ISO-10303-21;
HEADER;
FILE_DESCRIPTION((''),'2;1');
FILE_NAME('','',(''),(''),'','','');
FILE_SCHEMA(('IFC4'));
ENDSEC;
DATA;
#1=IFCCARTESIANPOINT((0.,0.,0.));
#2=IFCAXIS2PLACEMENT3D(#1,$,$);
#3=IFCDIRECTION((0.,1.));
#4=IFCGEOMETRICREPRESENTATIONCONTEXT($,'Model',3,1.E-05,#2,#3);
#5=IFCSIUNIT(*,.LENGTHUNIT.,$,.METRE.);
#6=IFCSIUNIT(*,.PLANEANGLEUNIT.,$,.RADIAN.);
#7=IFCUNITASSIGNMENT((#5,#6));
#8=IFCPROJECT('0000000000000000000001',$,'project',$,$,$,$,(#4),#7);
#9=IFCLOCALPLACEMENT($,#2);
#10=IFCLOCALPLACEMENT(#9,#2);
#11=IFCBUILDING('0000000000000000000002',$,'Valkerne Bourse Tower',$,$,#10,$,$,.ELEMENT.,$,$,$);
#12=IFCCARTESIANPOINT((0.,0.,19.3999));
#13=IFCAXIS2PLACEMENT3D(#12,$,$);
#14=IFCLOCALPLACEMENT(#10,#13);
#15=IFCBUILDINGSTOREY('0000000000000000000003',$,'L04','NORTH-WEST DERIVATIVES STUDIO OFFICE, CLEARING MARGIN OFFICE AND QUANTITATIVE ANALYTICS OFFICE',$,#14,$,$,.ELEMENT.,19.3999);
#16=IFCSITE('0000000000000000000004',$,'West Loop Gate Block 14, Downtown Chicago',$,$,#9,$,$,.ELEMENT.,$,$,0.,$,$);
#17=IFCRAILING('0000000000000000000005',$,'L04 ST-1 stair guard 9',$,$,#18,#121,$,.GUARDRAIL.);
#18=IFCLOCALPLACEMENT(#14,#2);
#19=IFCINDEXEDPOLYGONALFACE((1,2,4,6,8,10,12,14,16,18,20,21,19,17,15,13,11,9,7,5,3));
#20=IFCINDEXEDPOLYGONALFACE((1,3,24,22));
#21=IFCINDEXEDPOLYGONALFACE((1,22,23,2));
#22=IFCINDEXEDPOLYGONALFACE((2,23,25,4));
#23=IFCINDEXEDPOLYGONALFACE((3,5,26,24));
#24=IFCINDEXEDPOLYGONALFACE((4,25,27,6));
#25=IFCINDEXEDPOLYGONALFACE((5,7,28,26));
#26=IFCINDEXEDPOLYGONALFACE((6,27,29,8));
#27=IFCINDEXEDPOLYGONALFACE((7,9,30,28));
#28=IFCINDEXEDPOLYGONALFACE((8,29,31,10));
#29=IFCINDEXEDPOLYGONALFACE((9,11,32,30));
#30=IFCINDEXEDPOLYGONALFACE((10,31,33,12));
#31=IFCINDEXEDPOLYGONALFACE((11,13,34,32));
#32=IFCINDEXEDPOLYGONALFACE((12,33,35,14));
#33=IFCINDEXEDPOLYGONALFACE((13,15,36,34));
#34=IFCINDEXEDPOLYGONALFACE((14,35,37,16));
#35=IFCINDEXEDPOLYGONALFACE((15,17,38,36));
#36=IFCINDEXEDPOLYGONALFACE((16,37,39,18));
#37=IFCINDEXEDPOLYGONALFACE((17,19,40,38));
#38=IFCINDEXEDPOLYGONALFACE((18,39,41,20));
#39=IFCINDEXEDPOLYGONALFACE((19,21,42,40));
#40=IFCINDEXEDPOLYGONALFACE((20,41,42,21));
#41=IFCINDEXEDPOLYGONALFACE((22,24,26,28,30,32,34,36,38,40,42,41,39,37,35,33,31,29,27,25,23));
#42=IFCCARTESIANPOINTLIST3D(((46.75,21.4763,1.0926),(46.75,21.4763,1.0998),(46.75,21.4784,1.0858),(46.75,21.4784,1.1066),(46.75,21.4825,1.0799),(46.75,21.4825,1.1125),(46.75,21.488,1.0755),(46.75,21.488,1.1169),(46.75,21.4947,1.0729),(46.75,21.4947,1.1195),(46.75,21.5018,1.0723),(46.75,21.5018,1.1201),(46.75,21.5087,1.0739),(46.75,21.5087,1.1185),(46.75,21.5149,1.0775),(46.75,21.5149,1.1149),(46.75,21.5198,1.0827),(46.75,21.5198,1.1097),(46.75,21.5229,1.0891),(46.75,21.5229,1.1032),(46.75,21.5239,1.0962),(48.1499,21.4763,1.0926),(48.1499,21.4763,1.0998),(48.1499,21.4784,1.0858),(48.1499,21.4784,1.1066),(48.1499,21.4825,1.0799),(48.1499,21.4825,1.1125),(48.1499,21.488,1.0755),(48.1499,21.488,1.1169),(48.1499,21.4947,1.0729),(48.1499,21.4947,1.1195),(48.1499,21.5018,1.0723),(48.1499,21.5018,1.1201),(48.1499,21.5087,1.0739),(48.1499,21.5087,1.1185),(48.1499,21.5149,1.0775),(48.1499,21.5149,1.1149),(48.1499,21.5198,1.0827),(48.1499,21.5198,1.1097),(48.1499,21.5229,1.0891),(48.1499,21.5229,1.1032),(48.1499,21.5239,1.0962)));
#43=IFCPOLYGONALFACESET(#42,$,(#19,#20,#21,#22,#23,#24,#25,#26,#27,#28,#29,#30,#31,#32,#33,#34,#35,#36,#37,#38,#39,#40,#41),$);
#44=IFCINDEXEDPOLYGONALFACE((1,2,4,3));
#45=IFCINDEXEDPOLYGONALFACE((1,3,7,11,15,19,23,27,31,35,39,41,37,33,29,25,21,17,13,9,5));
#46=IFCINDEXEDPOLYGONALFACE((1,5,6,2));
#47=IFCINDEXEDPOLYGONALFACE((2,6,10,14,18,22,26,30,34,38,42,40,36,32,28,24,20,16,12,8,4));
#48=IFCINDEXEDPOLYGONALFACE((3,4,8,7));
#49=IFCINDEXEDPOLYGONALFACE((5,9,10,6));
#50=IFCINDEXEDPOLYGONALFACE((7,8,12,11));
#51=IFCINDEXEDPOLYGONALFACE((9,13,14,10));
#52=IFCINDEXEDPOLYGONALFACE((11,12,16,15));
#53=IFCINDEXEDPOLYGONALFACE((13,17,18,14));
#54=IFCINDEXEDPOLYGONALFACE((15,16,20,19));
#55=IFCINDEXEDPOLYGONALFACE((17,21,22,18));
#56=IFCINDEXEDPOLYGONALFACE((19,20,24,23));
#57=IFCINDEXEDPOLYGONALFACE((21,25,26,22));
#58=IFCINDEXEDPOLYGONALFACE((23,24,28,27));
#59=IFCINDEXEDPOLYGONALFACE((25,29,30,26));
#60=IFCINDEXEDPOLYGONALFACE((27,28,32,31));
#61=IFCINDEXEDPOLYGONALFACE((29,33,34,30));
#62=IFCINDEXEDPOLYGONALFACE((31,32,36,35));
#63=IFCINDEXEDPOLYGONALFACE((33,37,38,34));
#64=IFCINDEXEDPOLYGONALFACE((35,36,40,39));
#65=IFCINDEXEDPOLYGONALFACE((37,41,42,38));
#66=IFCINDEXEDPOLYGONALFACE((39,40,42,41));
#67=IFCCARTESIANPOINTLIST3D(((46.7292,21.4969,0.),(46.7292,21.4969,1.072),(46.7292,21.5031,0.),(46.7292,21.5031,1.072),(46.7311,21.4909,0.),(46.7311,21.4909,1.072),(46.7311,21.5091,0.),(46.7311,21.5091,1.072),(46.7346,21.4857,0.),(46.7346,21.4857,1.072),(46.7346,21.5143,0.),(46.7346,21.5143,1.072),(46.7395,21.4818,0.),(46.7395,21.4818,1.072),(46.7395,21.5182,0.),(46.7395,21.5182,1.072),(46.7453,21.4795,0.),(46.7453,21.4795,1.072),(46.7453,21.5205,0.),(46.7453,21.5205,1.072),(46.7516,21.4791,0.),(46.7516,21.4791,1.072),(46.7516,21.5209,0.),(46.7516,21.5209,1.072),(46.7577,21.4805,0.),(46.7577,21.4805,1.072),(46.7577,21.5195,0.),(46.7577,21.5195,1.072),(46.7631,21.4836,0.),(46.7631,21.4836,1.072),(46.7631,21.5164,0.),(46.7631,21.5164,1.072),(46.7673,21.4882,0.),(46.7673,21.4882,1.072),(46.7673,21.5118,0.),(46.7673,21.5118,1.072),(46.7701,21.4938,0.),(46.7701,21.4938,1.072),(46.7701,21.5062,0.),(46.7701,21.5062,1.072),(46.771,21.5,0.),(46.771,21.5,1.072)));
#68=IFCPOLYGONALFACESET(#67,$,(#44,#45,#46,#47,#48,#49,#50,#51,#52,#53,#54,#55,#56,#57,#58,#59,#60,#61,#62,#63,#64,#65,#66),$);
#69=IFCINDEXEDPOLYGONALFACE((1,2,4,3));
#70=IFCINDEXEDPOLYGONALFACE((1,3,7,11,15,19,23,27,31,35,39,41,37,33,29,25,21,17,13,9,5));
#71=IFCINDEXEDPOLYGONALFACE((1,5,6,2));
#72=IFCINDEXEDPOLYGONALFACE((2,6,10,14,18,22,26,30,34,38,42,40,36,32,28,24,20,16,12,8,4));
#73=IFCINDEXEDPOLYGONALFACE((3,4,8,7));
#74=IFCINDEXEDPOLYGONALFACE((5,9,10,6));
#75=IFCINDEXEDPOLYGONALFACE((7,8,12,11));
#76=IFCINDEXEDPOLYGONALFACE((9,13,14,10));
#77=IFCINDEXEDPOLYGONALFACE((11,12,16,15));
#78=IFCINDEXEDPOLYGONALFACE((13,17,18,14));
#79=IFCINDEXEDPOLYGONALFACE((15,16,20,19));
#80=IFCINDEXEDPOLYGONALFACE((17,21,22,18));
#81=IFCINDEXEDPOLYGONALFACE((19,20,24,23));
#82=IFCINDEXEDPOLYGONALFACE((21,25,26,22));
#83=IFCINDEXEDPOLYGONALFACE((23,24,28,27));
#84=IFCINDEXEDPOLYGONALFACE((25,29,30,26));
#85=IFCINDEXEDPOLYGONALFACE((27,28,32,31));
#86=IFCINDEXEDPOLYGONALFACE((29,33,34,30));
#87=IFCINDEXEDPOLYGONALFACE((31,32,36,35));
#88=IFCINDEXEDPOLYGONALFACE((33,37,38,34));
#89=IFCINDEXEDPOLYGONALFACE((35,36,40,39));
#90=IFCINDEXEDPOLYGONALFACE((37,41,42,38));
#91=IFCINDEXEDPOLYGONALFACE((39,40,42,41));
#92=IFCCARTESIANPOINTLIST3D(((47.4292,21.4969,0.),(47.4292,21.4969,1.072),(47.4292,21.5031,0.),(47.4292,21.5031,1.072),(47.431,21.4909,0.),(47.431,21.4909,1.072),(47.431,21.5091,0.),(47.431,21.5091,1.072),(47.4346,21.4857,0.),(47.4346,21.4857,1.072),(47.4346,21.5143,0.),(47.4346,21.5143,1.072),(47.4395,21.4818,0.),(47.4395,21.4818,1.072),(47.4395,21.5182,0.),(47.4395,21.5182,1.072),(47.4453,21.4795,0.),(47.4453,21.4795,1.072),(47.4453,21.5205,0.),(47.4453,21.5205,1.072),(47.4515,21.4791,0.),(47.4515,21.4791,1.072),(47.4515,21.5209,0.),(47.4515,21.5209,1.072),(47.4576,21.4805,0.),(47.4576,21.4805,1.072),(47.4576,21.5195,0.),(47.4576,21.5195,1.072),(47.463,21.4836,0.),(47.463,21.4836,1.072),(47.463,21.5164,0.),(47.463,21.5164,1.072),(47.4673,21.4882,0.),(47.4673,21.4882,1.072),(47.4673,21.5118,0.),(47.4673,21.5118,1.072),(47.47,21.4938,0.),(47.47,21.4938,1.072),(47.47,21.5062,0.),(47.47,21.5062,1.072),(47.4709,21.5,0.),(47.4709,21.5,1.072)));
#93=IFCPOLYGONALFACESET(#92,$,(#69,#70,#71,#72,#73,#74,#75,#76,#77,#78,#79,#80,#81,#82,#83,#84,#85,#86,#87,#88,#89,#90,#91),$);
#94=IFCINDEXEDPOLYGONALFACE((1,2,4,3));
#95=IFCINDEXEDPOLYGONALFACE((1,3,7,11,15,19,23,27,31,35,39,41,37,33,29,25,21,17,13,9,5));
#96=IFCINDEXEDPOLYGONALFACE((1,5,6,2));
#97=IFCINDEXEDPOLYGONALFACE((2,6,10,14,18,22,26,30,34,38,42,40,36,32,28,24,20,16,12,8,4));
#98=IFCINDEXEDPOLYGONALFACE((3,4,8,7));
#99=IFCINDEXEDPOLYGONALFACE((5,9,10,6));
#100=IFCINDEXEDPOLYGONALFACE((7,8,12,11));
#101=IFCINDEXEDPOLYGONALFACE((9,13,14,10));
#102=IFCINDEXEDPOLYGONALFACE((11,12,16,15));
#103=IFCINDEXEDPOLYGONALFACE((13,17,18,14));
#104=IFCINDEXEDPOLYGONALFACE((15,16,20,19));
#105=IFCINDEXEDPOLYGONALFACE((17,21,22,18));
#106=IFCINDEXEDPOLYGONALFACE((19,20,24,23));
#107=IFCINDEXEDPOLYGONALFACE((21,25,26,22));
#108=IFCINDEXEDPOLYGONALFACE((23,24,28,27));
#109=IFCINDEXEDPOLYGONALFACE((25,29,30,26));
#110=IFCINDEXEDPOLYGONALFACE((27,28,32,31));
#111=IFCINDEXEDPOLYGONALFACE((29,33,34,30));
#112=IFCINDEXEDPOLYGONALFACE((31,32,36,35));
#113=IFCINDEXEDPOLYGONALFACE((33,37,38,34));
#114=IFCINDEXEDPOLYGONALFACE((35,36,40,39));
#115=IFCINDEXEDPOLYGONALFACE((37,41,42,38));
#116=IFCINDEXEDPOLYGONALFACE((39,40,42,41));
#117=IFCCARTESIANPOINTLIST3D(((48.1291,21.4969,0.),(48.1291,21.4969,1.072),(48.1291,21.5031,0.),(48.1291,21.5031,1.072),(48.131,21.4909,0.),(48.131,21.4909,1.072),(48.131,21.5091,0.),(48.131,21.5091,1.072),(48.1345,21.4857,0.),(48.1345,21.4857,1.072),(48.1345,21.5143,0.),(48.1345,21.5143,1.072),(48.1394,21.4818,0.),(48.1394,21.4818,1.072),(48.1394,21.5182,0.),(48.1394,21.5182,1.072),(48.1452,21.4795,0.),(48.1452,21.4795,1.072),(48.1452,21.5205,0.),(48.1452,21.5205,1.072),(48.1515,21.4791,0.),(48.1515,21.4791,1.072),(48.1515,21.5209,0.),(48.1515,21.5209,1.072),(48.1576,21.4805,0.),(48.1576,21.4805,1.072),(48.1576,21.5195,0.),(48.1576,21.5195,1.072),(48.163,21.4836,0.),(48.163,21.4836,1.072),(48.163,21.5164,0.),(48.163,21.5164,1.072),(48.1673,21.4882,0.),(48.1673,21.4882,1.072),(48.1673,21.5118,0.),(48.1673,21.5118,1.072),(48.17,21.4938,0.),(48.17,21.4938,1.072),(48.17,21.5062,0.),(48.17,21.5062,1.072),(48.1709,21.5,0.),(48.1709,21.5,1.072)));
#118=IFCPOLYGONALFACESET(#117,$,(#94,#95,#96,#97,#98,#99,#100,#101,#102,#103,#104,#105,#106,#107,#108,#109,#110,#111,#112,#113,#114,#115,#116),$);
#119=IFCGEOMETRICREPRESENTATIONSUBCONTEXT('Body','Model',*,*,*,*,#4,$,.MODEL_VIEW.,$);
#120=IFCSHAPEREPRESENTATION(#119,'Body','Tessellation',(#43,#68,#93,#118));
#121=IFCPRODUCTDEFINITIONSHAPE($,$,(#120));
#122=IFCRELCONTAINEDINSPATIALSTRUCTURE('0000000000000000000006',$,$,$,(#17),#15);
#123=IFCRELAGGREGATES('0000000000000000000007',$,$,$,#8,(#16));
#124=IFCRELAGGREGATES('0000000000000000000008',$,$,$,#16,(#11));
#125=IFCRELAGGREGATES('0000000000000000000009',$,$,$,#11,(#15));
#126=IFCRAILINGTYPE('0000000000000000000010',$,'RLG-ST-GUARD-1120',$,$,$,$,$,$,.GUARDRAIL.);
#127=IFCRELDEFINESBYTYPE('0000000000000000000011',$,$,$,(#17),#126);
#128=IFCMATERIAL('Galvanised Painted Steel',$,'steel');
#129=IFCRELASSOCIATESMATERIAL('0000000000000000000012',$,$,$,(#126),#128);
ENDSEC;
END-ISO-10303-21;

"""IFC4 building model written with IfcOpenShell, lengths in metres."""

from ifc_helpers import new_model, si_unit, direction, frame, origin, origin_2d, place, context, subcontext, project, spatial, circle, extrude, material, type_object, element, save


model = new_model("IFC4")

# Units and contexts
model_context = context("Model", 3, precision=1e-05, world=origin(), true_north=direction((0.0, 1.0)))
body_context = subcontext(model_context, "Body", "Model", "MODEL_VIEW")
ifc_project = project(units=[si_unit("LENGTHUNIT", "METRE"), si_unit("PLANEANGLEUNIT", "RADIAN")], contexts=[model_context])

# Site, building, storey
site_placement = place(None, origin())
site = spatial("IfcSite", under=ifc_project, at=site_placement, Name="West Loop Gate Block 14, Downtown Chicago", CompositionType="ELEMENT", RefElevation=0.0)
building_placement = place(site_placement, origin())
building = spatial("IfcBuilding", under=site, at=building_placement, Name="Valkerne Bourse Tower", CompositionType="ELEMENT")
storey_placement = place(building_placement, frame((0.0, 0.0, 19.3999)))
storey = spatial("IfcBuildingStorey", under=building, at=storey_placement, Name="L04", Description="NORTH-WEST DERIVATIVES STUDIO OFFICE, CLEARING MARGIN OFFICE AND QUANTITATIVE ANALYTICS OFFICE", CompositionType="ELEMENT", Elevation=19.3999)

# Shared definitions
ifc_material_1 = material(Name="Galvanised Painted Steel", Category="steel")

# Railing
railing_type_1 = type_object("IfcRailingType", Name="RLG-ST-GUARD-1120", PredefinedType="GUARDRAIL", material=ifc_material_1)
for number, where, name in (
    (1, (46.75, 21.5, 0.0), "L04 ST-1 stair guard 9"),
):
    element("IfcRailing", number, at=place(storey_placement, frame(where)), inside=storey, type_object=railing_type_1, Name=name, PredefinedType="GUARDRAIL", context=body_context, shape_type="SweptSolid", body=[
        extrude(circle(Radius=0.0239, at=origin_2d()), frame((0.0, 0.0, 1.0962), z_axis=(1.0, 0.0, 0.0), x_axis=(0.0, 1.0, 0.0)), (0.0, 0.0, 1.0), 1.3999),
        extrude(circle(Radius=0.021, at=origin_2d()), origin(), (0.0, 0.0, 1.0), 1.072),
        extrude(circle(Radius=0.021, at=origin_2d()), frame((0.7, 0.0, 0.0)), (0.0, 0.0, 1.0), 1.072),
        extrude(circle(Radius=0.021, at=origin_2d()), frame((1.3999, 0.0, 0.0)), (0.0, 0.0, 1.0), 1.072),
    ])

save(model, "model.ifc")
